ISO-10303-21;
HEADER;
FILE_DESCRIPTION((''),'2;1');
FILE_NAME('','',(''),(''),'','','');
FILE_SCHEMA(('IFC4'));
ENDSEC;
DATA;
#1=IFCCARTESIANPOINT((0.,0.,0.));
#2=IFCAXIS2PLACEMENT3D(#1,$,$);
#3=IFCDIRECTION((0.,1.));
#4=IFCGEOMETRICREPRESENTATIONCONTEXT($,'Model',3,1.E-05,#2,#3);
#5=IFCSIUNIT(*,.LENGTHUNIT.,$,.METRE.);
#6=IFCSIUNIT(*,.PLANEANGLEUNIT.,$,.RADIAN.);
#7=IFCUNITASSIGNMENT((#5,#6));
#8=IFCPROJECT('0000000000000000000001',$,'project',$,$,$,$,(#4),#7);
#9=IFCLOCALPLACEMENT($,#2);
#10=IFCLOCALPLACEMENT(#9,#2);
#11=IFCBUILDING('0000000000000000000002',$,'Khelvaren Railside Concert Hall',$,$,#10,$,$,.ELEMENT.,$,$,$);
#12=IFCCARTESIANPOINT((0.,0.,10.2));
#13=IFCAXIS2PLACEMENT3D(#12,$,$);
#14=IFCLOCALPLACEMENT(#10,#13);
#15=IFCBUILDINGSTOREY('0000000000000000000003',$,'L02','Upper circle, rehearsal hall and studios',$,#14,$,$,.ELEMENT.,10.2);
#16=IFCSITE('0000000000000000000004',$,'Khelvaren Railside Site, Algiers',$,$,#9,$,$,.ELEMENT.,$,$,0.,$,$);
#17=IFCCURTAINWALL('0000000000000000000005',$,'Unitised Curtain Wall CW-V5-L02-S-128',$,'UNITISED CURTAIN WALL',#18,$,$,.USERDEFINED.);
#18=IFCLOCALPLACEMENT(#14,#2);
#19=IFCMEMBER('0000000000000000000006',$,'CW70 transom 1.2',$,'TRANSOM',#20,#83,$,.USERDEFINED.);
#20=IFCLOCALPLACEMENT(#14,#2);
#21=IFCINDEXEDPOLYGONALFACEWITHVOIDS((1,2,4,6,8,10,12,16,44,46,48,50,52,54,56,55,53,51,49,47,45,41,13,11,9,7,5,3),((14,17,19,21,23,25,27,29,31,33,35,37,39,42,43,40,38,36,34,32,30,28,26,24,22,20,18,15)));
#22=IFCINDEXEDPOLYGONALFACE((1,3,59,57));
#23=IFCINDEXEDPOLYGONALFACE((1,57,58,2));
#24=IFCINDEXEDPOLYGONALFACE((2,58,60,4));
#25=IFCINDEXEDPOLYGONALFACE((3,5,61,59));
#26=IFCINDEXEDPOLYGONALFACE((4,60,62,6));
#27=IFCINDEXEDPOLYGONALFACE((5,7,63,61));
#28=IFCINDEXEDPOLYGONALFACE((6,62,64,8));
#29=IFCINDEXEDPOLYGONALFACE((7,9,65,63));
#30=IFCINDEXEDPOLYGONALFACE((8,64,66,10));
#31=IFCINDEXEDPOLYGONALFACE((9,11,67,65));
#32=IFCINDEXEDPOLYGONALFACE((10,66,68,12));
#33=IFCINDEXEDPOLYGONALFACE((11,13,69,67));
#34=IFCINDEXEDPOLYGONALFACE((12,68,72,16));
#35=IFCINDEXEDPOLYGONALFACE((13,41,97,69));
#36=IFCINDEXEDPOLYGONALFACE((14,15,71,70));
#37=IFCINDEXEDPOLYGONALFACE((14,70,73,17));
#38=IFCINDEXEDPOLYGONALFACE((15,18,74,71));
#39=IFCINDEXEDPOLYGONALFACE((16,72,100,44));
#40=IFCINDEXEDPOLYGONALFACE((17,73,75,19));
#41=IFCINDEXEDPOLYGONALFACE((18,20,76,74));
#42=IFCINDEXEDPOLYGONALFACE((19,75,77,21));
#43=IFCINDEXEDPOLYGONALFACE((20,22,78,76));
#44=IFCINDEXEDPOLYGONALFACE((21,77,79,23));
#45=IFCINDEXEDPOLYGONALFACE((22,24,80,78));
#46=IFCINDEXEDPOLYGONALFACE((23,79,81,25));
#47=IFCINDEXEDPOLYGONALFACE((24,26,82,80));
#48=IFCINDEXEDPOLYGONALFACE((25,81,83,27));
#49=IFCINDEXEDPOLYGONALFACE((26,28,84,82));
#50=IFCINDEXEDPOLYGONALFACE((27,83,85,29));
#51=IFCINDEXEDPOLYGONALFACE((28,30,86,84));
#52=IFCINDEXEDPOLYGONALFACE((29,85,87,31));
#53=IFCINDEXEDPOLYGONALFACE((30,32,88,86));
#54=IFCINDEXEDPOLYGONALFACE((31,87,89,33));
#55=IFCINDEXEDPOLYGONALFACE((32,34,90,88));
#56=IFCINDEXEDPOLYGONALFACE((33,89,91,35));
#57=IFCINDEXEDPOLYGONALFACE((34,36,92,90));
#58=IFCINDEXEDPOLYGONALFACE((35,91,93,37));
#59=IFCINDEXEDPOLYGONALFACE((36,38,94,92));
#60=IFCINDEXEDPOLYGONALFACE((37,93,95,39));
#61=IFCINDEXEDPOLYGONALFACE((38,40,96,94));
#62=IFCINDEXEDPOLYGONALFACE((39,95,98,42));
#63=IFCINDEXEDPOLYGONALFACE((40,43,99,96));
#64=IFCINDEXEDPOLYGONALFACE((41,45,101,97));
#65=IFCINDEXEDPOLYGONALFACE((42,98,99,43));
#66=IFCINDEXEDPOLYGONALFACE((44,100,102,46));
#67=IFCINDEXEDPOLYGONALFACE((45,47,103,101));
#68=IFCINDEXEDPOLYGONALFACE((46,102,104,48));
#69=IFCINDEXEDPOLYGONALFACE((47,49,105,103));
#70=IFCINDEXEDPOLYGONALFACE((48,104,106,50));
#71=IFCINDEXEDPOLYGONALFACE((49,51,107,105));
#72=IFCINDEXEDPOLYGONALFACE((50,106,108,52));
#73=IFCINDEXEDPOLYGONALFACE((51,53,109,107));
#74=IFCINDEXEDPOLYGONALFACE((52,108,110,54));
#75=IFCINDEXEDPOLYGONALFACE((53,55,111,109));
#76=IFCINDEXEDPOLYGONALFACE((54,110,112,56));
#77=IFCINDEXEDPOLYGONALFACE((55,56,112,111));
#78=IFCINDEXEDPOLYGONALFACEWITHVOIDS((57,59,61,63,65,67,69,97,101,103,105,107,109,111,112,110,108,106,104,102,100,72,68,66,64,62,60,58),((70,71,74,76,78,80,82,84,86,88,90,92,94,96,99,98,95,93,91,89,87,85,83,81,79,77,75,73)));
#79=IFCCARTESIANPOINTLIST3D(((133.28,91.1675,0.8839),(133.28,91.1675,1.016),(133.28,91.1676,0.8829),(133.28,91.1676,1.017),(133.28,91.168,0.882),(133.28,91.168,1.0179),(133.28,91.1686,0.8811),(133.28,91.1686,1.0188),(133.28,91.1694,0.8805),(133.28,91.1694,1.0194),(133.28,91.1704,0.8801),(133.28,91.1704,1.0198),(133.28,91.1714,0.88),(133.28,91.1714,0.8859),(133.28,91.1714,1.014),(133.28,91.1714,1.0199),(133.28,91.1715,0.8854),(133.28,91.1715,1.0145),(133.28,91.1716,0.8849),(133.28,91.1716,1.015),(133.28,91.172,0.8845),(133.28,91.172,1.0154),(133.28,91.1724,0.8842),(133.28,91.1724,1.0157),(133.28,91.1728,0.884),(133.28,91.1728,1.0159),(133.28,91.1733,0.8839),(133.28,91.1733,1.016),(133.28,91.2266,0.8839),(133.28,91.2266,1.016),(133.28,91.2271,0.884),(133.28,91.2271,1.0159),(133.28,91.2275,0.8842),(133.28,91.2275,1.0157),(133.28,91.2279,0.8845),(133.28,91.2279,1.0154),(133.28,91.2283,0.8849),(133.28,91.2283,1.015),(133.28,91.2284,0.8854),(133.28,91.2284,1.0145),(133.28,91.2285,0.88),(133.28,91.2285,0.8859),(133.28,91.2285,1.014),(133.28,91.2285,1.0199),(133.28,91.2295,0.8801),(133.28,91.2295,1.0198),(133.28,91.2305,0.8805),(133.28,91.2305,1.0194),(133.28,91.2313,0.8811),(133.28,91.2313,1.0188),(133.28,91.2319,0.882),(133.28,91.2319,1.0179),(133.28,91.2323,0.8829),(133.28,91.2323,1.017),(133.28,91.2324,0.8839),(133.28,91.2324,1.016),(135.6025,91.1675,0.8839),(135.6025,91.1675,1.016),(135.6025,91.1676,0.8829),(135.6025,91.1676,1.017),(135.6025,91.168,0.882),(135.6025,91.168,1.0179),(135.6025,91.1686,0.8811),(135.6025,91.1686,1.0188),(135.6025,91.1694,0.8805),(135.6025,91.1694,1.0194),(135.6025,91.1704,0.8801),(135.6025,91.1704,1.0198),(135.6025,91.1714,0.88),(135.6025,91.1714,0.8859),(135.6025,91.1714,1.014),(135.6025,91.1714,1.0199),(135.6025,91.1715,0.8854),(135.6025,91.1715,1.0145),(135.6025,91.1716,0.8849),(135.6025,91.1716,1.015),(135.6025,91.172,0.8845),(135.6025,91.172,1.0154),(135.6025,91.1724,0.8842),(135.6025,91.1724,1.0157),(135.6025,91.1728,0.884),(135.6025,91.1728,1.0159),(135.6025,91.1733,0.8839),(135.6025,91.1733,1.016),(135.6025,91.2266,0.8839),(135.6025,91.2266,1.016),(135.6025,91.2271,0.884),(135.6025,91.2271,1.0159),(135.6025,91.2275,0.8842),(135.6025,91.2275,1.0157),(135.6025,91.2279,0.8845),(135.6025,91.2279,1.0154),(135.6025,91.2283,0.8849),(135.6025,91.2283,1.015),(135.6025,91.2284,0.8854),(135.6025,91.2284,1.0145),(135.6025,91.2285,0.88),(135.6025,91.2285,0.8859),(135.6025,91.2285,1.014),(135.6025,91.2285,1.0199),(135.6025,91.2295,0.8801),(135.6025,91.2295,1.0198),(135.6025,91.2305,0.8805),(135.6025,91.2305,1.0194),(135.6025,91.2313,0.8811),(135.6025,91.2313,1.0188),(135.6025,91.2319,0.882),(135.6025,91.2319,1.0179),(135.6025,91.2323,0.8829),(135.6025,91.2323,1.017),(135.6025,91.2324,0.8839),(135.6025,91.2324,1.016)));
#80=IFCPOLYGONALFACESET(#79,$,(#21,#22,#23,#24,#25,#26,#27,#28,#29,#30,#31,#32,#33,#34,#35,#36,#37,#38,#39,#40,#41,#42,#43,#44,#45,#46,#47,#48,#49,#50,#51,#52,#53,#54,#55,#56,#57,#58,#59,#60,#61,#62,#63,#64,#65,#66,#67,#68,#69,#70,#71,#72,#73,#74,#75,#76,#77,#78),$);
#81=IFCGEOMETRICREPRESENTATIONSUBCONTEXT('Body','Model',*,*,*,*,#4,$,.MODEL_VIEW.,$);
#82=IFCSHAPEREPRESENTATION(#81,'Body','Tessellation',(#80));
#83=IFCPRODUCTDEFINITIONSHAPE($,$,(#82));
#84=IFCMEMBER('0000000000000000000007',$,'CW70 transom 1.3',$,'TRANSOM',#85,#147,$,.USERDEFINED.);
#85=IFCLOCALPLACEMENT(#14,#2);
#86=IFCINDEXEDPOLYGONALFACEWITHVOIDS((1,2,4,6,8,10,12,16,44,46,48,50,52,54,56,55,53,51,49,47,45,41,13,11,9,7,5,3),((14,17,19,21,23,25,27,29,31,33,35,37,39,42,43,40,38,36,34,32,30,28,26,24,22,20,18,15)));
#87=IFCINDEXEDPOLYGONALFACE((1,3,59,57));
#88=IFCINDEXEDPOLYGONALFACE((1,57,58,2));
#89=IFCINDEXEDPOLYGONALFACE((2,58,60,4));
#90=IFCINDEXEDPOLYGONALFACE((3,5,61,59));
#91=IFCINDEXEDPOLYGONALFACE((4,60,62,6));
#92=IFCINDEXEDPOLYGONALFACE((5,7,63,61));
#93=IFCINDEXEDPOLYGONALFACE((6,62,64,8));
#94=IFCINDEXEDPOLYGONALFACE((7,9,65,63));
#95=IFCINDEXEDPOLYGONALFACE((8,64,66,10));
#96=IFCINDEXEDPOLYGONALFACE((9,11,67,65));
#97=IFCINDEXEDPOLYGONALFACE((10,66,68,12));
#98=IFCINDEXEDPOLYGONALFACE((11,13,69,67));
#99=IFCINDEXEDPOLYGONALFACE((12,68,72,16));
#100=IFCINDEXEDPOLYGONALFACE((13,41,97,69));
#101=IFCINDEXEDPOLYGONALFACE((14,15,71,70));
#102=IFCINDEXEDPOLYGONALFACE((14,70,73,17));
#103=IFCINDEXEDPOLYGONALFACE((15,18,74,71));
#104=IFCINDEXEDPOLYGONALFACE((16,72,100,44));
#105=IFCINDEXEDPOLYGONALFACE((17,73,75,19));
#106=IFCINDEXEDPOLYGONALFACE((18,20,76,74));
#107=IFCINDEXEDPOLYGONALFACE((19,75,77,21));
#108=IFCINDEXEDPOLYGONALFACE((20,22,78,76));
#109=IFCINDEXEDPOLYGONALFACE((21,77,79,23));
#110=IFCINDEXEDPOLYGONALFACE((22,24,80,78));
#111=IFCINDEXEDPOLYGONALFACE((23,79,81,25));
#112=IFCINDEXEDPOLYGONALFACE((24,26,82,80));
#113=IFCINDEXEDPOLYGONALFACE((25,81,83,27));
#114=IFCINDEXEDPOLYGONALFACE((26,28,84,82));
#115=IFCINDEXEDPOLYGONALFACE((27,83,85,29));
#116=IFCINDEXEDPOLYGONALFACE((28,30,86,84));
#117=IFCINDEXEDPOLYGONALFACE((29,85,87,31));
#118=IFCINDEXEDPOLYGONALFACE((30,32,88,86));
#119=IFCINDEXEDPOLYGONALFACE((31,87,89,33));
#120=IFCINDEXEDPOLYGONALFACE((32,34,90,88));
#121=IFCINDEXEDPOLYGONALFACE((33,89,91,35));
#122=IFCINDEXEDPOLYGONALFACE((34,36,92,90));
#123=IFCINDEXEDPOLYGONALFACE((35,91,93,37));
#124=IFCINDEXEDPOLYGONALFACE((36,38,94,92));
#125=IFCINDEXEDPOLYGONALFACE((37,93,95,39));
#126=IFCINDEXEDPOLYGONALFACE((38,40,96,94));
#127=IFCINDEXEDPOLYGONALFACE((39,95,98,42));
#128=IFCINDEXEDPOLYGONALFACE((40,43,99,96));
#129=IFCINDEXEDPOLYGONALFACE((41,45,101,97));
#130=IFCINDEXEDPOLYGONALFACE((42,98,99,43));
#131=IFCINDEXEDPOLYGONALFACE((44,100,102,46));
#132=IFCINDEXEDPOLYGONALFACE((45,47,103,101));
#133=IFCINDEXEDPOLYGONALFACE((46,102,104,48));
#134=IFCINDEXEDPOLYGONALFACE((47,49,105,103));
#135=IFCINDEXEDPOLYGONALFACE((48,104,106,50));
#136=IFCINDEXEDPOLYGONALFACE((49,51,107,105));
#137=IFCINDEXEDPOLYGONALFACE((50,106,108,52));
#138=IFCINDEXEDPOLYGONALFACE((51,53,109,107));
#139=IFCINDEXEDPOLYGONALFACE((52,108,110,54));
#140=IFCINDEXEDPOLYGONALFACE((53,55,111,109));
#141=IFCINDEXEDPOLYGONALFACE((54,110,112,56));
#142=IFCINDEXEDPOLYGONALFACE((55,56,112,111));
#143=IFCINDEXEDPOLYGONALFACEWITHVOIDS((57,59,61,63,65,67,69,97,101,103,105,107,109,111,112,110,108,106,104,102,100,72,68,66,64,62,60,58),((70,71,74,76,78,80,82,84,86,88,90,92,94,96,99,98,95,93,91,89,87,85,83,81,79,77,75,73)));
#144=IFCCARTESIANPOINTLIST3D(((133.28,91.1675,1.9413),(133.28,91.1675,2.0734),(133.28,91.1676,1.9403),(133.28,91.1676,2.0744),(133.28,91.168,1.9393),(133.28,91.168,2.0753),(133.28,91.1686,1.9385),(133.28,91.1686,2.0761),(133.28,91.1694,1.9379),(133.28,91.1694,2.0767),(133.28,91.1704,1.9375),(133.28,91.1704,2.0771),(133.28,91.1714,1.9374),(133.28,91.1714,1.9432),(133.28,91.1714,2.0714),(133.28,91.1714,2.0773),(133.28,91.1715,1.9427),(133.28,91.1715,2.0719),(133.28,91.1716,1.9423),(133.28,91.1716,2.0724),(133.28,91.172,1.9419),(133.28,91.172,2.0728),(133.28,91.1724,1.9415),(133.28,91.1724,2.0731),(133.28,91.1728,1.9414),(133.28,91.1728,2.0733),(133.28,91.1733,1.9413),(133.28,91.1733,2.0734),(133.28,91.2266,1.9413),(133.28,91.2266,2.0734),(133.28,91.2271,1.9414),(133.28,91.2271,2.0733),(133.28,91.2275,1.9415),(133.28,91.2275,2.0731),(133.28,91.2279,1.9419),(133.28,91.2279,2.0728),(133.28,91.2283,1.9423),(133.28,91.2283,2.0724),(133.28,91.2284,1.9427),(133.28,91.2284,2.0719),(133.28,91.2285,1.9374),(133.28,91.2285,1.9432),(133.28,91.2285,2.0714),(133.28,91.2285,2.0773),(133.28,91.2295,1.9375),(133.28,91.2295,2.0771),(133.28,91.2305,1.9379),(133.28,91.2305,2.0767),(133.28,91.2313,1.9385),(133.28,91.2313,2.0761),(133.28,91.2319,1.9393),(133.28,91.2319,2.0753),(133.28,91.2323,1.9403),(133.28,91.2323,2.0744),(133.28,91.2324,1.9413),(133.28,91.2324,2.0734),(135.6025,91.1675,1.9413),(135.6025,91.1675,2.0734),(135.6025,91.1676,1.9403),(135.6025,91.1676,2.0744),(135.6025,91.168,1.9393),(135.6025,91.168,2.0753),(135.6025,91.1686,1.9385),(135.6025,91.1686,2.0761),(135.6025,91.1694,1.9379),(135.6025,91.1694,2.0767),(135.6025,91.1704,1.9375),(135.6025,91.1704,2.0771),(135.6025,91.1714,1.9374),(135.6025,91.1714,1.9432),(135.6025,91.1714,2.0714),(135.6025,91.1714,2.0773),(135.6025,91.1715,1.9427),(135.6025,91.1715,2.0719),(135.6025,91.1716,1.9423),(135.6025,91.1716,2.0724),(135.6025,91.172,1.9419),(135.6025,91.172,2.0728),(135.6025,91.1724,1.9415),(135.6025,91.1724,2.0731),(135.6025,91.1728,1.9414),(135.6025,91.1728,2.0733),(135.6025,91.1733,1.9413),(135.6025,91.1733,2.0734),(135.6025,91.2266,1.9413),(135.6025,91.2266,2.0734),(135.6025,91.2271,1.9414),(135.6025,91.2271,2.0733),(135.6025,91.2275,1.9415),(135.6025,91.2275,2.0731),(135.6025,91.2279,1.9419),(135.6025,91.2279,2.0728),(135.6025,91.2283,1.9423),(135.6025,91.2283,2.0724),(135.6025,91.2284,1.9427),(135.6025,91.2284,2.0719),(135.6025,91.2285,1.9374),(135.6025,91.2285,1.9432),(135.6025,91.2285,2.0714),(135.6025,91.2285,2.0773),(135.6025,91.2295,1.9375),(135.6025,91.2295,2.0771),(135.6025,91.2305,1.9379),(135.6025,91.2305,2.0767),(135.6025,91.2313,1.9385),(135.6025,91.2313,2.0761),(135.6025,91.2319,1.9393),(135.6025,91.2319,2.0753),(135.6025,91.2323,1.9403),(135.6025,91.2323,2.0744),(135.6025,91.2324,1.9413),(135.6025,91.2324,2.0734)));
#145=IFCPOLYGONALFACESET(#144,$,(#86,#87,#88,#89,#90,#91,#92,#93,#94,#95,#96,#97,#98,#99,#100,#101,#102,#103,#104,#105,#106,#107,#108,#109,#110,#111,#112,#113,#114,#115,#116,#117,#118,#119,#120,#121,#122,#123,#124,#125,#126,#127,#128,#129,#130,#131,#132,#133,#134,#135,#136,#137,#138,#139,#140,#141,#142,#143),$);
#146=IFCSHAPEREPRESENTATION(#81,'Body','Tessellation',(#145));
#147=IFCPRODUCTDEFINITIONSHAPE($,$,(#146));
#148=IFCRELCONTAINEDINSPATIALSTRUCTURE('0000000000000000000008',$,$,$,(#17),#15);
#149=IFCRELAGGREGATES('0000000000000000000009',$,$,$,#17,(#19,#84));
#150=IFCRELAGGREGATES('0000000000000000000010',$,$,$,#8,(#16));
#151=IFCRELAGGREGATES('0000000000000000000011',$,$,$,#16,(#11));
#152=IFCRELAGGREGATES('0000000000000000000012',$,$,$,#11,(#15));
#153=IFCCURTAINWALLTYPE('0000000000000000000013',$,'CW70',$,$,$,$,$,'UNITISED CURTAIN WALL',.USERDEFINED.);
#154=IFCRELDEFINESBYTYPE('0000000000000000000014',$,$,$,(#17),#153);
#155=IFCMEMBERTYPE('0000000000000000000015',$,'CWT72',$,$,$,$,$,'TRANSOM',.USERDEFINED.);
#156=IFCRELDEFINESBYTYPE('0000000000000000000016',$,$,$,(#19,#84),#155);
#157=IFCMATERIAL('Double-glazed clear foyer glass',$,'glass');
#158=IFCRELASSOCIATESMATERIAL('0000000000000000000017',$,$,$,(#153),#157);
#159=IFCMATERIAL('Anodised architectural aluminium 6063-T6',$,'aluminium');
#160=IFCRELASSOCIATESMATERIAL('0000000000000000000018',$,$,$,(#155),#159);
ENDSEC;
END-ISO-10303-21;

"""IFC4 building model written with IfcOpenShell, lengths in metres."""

from ifc_helpers import new_model, si_unit, direction, frame, origin, origin_2d, place, context, subcontext, project, spatial, hollow_rectangle, extrude, material, material_profile, profile_set, type_object, element, aggregate, save


model = new_model("IFC4")

# Units and contexts
model_context = context("Model", 3, precision=1e-05, world=origin(), true_north=direction((0.0, 1.0)))
body_context = subcontext(model_context, "Body", "Model", "MODEL_VIEW")
ifc_project = project(units=[si_unit("LENGTHUNIT", "METRE"), si_unit("PLANEANGLEUNIT", "RADIAN")], contexts=[model_context])

# Site, building, storey
site_placement = place(None, origin())
site = spatial("IfcSite", under=ifc_project, at=site_placement, Name="Khelvaren Railside Site, Algiers", CompositionType="ELEMENT", RefElevation=0.0)
building_placement = place(site_placement, origin())
building = spatial("IfcBuilding", under=site, at=building_placement, Name="Khelvaren Railside Concert Hall", CompositionType="ELEMENT")
storey_placement = place(building_placement, frame((0.0, 0.0, 10.2)))
storey = spatial("IfcBuildingStorey", under=building, at=storey_placement, Name="L02", Description="Upper circle, rehearsal hall and studios", CompositionType="ELEMENT", Elevation=10.2)

# Curtain wall
ifc_material_1 = material(Name="Double-glazed clear foyer glass", Category="glass")
curtain_wall_type_1 = type_object("IfcCurtainWallType", Name="CW70", ElementType="UNITISED CURTAIN WALL", PredefinedType="USERDEFINED", material=ifc_material_1)
curtain_wall_1_placement = place(storey_placement, origin())
curtain_wall_1 = element("IfcCurtainWall", 1, at=curtain_wall_1_placement, inside=storey, type_object=curtain_wall_type_1, Name="Unitised Curtain Wall CW-V5-L02-S-128", ObjectType="UNITISED CURTAIN WALL", PredefinedType="USERDEFINED")
ifc_material_2 = material(Name="Anodised architectural aluminium 6063-T6", Category="aluminium")

# Members
ifc_material_profile_1 = material_profile(ifc_material_2, hollow_rectangle(XDim=0.0649, YDim=0.1399, WallThickness=0.0039, InnerFilletRadius=0.002, OuterFilletRadius=0.0039, at=origin_2d()), Name="CWT 65x140x4")
ifc_profile_set_1 = profile_set([ifc_material_profile_1], Name="Anodised architectural aluminium 6063-T6")
member_type_1 = type_object("IfcMemberType", Name="CWT72", ElementType="TRANSOM", PredefinedType="USERDEFINED", material=ifc_profile_set_1)
member_1_placement = place(storey_placement, frame((135.6025, 91.2, 0.95), z_axis=(-1.0, 0.0, 0.0), x_axis=(0.0, -1.0, 0.0)))
member_1 = element("IfcMember", 2, at=member_1_placement, type_object=member_type_1, Name="CW70 transom 1.2", ObjectType="TRANSOM", PredefinedType="USERDEFINED", context=body_context, shape_type="SweptSolid", body=[
    extrude(hollow_rectangle(XDim=0.0649, YDim=0.1399, WallThickness=0.0039, InnerFilletRadius=0.002, OuterFilletRadius=0.0039, at=origin_2d()), origin(), (0.0, 0.0, 1.0), 2.3225),
])
member_2_placement = place(storey_placement, frame((135.6025, 91.2, 2.0073), z_axis=(-1.0, 0.0, 0.0), x_axis=(0.0, -1.0, 0.0)))
member_2 = element("IfcMember", 3, at=member_2_placement, type_object=member_type_1, Name="CW70 transom 1.3", ObjectType="TRANSOM", PredefinedType="USERDEFINED", context=body_context, shape_type="SweptSolid", body=[
    extrude(hollow_rectangle(XDim=0.0649, YDim=0.1399, WallThickness=0.0039, InnerFilletRadius=0.002, OuterFilletRadius=0.0039, at=origin_2d()), origin(), (0.0, 0.0, 1.0), 2.3225),
])

aggregate(curtain_wall_1, [member_1, member_2])

save(model, "model.ifc")
